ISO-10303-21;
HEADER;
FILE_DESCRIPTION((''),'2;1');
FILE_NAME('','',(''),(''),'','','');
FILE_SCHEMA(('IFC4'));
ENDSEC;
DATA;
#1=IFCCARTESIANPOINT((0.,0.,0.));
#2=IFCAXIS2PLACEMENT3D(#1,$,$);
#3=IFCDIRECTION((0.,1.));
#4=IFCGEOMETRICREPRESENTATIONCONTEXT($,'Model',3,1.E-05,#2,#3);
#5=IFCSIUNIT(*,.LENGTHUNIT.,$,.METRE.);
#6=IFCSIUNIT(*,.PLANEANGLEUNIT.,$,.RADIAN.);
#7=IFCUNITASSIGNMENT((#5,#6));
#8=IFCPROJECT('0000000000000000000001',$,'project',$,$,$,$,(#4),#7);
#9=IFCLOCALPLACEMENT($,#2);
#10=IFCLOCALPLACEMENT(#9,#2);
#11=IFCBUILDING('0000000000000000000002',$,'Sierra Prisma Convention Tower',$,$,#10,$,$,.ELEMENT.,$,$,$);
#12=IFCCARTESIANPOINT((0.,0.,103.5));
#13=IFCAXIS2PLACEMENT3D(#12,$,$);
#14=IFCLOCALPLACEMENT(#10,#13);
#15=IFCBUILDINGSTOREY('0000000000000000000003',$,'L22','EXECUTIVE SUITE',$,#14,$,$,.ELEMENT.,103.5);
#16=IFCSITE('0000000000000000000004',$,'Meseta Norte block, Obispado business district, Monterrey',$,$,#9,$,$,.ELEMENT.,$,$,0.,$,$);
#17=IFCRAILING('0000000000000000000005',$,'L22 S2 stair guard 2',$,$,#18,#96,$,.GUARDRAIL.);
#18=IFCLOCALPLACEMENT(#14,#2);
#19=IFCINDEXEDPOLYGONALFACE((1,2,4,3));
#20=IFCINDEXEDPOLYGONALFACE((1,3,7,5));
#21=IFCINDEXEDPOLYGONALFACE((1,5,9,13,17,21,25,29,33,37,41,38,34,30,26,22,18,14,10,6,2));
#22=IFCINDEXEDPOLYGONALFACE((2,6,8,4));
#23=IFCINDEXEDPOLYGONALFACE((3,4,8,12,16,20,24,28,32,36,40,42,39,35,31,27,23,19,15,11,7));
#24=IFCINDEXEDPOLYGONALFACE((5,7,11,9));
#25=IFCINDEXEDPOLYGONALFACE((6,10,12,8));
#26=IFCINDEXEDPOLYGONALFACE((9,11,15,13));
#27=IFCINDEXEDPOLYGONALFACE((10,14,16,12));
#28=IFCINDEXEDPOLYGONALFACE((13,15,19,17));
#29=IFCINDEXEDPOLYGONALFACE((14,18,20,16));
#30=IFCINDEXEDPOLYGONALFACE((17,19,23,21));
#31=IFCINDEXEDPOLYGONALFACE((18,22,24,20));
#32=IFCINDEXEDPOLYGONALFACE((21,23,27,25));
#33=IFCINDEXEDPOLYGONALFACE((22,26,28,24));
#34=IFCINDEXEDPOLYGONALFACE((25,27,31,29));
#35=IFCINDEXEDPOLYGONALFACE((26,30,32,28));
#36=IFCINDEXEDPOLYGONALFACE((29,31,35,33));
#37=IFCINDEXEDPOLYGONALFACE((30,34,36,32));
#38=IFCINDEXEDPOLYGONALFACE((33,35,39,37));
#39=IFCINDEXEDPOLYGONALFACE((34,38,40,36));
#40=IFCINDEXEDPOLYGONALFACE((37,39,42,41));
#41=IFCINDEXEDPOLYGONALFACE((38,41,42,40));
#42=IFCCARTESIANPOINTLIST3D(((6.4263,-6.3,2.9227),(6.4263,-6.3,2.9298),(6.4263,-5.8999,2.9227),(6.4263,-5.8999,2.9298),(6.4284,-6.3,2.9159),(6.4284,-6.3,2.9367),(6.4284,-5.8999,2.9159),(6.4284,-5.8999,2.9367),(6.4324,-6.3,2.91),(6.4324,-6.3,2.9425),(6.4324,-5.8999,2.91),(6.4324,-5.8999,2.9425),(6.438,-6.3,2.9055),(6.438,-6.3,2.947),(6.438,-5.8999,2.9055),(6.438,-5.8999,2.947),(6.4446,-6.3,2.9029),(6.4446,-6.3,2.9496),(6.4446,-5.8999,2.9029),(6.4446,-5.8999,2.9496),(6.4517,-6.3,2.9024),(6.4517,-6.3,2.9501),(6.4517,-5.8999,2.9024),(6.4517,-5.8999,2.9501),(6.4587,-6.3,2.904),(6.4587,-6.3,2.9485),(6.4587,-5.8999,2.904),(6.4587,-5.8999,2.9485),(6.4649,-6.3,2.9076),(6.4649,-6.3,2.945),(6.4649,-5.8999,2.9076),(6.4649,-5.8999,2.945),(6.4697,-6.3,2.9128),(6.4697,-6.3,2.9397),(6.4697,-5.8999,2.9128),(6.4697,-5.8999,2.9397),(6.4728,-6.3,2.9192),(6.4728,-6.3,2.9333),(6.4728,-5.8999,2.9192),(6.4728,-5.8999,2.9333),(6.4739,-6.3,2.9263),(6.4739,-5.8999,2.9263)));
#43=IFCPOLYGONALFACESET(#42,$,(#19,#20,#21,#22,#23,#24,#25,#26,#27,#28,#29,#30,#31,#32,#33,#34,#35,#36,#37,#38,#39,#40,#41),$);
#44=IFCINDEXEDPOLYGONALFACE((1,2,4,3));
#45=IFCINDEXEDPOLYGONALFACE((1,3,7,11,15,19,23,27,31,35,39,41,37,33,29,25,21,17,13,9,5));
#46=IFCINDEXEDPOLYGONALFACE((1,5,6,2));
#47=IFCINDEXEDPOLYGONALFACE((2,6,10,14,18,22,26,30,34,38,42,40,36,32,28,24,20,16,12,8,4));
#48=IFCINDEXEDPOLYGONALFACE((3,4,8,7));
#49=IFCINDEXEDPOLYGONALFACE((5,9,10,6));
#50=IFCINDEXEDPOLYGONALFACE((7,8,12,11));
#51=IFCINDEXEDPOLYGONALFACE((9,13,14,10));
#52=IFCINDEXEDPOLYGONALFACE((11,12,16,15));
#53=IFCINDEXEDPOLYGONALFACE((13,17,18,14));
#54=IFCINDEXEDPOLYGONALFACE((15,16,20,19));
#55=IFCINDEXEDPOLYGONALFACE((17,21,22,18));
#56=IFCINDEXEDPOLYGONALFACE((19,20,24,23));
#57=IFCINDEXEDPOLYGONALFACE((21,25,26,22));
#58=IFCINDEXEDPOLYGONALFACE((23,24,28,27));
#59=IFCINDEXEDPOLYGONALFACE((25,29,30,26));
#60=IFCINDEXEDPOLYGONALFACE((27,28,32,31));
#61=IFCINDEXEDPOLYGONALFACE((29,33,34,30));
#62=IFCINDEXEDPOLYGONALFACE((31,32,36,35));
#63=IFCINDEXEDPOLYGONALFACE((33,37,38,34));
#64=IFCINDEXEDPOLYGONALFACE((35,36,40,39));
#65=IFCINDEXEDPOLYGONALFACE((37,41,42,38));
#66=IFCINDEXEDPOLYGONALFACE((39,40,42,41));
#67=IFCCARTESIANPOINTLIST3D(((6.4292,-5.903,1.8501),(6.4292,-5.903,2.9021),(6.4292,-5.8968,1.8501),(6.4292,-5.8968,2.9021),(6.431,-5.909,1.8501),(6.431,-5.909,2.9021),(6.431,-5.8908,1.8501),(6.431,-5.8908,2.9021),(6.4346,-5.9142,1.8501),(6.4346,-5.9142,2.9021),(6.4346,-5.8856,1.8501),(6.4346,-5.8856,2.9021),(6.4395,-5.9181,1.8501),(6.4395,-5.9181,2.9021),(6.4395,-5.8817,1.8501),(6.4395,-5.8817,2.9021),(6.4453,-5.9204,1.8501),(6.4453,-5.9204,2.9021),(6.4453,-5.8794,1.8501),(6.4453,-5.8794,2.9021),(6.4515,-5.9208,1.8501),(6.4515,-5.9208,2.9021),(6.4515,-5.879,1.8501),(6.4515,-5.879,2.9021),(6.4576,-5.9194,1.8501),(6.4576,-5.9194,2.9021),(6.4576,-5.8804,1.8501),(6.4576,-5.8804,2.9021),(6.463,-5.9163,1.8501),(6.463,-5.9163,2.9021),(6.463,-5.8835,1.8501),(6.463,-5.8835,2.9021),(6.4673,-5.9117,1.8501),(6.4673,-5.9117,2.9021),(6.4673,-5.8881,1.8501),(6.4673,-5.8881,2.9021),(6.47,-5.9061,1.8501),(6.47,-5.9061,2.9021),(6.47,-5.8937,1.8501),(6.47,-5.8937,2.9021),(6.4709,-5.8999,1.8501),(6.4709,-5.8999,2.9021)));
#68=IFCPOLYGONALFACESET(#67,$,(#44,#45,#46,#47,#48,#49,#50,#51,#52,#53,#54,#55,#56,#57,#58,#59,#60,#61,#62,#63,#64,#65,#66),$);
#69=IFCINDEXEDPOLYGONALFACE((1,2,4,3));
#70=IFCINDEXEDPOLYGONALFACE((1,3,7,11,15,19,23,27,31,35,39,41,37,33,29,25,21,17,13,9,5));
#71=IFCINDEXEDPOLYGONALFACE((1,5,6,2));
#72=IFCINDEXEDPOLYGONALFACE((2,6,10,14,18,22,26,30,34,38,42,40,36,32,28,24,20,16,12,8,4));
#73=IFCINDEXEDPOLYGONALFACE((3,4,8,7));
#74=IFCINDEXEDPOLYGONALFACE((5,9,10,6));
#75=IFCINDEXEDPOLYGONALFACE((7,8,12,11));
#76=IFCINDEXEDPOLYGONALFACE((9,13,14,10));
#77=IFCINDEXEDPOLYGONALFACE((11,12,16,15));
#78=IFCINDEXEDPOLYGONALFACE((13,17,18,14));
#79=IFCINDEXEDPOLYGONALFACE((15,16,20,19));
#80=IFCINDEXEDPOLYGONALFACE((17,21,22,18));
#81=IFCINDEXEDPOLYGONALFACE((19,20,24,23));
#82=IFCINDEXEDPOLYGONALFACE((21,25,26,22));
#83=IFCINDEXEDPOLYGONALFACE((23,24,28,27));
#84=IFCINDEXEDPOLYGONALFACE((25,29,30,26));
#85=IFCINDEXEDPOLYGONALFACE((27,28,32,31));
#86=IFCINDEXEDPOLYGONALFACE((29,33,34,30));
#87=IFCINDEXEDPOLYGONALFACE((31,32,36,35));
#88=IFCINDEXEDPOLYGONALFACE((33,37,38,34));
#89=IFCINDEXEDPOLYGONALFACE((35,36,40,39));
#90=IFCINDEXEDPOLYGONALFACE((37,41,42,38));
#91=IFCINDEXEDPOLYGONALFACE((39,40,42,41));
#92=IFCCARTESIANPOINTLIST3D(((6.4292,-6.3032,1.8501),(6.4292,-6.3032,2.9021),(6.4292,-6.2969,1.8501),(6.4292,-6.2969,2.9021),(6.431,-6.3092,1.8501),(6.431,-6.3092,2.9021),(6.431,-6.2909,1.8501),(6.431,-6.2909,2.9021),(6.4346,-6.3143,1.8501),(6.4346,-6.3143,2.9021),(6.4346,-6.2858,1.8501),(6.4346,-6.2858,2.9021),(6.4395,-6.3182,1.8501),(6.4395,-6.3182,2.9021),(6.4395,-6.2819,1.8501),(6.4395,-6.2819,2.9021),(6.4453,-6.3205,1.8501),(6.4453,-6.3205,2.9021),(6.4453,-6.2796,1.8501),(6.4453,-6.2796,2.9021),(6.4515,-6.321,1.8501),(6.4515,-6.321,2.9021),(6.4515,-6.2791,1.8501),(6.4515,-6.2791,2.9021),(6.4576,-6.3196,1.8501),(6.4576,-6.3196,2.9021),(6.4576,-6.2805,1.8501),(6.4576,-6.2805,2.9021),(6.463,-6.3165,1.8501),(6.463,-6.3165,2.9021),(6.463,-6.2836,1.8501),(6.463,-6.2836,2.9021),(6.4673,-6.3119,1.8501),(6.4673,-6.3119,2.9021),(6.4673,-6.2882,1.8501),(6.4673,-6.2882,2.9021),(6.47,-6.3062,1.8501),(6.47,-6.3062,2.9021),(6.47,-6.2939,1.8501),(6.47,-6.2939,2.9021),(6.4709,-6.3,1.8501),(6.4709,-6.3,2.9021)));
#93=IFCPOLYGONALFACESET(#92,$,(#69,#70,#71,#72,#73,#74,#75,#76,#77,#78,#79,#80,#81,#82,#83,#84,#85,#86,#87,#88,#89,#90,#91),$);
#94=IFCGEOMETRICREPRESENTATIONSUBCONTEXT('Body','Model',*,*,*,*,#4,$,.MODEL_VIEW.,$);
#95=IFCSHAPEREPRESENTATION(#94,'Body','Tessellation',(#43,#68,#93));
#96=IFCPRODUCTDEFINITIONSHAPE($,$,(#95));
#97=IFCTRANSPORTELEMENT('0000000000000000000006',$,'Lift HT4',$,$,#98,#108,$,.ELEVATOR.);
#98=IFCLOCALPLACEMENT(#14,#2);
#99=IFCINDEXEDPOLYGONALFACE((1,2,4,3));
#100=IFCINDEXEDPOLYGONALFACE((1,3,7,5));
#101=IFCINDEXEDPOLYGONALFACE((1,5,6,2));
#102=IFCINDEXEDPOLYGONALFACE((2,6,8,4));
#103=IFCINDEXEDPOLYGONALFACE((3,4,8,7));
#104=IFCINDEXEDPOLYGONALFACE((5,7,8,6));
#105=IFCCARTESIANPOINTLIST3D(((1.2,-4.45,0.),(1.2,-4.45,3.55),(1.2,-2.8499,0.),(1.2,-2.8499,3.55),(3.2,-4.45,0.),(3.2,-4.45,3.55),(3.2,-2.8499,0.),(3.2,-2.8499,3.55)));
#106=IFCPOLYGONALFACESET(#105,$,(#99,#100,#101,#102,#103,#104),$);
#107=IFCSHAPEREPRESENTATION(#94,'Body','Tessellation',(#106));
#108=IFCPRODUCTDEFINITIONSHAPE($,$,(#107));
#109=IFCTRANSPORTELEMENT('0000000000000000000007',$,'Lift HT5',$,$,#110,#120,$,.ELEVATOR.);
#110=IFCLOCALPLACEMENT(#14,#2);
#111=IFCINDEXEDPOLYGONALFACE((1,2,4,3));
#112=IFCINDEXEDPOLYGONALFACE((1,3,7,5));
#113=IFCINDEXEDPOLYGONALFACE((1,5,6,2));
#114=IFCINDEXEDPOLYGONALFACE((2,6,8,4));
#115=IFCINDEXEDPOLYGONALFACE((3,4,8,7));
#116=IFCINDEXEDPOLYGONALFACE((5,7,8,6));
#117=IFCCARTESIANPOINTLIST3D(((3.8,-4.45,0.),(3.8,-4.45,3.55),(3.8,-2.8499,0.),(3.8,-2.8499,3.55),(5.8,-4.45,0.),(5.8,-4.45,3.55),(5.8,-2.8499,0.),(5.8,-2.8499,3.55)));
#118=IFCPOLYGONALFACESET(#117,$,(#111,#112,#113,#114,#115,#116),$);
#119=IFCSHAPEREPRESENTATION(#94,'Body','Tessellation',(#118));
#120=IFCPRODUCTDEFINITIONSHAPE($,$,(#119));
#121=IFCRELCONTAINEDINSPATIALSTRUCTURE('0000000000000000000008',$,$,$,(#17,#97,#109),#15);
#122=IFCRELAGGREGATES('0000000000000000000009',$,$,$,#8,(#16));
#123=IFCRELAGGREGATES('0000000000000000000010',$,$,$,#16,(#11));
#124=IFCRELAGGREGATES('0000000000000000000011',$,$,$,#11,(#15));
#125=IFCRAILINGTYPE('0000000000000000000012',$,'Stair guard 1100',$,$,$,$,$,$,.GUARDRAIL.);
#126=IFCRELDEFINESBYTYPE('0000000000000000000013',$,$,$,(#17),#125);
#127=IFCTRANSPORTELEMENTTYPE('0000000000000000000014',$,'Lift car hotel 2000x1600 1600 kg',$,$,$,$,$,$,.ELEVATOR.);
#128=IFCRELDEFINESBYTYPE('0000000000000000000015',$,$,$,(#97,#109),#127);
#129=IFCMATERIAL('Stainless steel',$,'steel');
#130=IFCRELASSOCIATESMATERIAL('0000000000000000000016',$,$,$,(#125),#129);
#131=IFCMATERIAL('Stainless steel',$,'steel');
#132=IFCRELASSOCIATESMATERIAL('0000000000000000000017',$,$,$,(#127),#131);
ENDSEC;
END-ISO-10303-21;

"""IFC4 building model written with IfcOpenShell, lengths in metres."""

from ifc_helpers import new_model, si_unit, direction, frame, origin, origin_2d, place, context, subcontext, project, spatial, rectangle, circle, extrude, material, type_object, element, save


model = new_model("IFC4")

# Units and contexts
model_context = context("Model", 3, precision=1e-05, world=origin(), true_north=direction((0.0, 1.0)))
body_context = subcontext(model_context, "Body", "Model", "MODEL_VIEW")
ifc_project = project(units=[si_unit("LENGTHUNIT", "METRE"), si_unit("PLANEANGLEUNIT", "RADIAN")], contexts=[model_context])

# Site, building, storey
site_placement = place(None, origin())
site = spatial("IfcSite", under=ifc_project, at=site_placement, Name="Meseta Norte block, Obispado business district, Monterrey", CompositionType="ELEMENT", RefElevation=0.0)
building_placement = place(site_placement, origin())
building = spatial("IfcBuilding", under=site, at=building_placement, Name="Sierra Prisma Convention Tower", CompositionType="ELEMENT")
storey_placement = place(building_placement, frame((0.0, 0.0, 103.5)))
storey = spatial("IfcBuildingStorey", under=building, at=storey_placement, Name="L22", Description="EXECUTIVE SUITE", CompositionType="ELEMENT", Elevation=103.5)

# Railing
ifc_material_1 = material(Name="Stainless steel", Category="steel")
railing_type_1 = type_object("IfcRailingType", Name="Stair guard 1100", PredefinedType="GUARDRAIL", material=ifc_material_1)
railing_1_placement = place(storey_placement, frame((6.45, -5.8999, 1.8501)))
element("IfcRailing", 1, at=railing_1_placement, inside=storey, type_object=railing_type_1, Name="L22 S2 stair guard 2", PredefinedType="GUARDRAIL", context=body_context, shape_type="SweptSolid", body=[
    extrude(circle(Radius=0.0239, at=origin_2d()), frame((0.0, 0.0, 1.0762), z_axis=(0.0, -1.0, 0.0), x_axis=(1.0, 0.0, 0.0)), (0.0, 0.0, 1.0), 0.4001),
    extrude(circle(Radius=0.021, at=origin_2d()), origin(), (0.0, 0.0, 1.0), 1.052),
    extrude(circle(Radius=0.021, at=origin_2d()), frame((0.0, -0.4001, 0.0)), (0.0, 0.0, 1.0), 1.052),
])

# Transport elements
ifc_material_2 = material(Name="Stainless steel", Category="steel")
transport_element_type = type_object("IfcTransportElementType", Name="Lift car hotel 2000x1600 1600 kg", PredefinedType="ELEVATOR", material=ifc_material_2)
for number, where, z_axis, x_axis, name in (
    (2, (2.2, -3.6499, 0.0), (0.0, 0.0, 1.0), (1.0, 0.0, 0.0), "Lift HT4"),
    (3, (4.8, -3.6499, 0.0), (0.0, 0.0, 1.0), (1.0, 0.0, 0.0), "Lift HT5"),
):
    element("IfcTransportElement", number, at=place(storey_placement, frame(where, z_axis=z_axis, x_axis=x_axis)), inside=storey, type_object=transport_element_type, Name=name, PredefinedType="ELEVATOR", context=body_context, shape_type="SweptSolid", body=[
        extrude(rectangle(XDim=2.0, YDim=1.6001, at=origin_2d()), origin(), (0.0, 0.0, 1.0), 3.55),
    ])

save(model, "model.ifc")
